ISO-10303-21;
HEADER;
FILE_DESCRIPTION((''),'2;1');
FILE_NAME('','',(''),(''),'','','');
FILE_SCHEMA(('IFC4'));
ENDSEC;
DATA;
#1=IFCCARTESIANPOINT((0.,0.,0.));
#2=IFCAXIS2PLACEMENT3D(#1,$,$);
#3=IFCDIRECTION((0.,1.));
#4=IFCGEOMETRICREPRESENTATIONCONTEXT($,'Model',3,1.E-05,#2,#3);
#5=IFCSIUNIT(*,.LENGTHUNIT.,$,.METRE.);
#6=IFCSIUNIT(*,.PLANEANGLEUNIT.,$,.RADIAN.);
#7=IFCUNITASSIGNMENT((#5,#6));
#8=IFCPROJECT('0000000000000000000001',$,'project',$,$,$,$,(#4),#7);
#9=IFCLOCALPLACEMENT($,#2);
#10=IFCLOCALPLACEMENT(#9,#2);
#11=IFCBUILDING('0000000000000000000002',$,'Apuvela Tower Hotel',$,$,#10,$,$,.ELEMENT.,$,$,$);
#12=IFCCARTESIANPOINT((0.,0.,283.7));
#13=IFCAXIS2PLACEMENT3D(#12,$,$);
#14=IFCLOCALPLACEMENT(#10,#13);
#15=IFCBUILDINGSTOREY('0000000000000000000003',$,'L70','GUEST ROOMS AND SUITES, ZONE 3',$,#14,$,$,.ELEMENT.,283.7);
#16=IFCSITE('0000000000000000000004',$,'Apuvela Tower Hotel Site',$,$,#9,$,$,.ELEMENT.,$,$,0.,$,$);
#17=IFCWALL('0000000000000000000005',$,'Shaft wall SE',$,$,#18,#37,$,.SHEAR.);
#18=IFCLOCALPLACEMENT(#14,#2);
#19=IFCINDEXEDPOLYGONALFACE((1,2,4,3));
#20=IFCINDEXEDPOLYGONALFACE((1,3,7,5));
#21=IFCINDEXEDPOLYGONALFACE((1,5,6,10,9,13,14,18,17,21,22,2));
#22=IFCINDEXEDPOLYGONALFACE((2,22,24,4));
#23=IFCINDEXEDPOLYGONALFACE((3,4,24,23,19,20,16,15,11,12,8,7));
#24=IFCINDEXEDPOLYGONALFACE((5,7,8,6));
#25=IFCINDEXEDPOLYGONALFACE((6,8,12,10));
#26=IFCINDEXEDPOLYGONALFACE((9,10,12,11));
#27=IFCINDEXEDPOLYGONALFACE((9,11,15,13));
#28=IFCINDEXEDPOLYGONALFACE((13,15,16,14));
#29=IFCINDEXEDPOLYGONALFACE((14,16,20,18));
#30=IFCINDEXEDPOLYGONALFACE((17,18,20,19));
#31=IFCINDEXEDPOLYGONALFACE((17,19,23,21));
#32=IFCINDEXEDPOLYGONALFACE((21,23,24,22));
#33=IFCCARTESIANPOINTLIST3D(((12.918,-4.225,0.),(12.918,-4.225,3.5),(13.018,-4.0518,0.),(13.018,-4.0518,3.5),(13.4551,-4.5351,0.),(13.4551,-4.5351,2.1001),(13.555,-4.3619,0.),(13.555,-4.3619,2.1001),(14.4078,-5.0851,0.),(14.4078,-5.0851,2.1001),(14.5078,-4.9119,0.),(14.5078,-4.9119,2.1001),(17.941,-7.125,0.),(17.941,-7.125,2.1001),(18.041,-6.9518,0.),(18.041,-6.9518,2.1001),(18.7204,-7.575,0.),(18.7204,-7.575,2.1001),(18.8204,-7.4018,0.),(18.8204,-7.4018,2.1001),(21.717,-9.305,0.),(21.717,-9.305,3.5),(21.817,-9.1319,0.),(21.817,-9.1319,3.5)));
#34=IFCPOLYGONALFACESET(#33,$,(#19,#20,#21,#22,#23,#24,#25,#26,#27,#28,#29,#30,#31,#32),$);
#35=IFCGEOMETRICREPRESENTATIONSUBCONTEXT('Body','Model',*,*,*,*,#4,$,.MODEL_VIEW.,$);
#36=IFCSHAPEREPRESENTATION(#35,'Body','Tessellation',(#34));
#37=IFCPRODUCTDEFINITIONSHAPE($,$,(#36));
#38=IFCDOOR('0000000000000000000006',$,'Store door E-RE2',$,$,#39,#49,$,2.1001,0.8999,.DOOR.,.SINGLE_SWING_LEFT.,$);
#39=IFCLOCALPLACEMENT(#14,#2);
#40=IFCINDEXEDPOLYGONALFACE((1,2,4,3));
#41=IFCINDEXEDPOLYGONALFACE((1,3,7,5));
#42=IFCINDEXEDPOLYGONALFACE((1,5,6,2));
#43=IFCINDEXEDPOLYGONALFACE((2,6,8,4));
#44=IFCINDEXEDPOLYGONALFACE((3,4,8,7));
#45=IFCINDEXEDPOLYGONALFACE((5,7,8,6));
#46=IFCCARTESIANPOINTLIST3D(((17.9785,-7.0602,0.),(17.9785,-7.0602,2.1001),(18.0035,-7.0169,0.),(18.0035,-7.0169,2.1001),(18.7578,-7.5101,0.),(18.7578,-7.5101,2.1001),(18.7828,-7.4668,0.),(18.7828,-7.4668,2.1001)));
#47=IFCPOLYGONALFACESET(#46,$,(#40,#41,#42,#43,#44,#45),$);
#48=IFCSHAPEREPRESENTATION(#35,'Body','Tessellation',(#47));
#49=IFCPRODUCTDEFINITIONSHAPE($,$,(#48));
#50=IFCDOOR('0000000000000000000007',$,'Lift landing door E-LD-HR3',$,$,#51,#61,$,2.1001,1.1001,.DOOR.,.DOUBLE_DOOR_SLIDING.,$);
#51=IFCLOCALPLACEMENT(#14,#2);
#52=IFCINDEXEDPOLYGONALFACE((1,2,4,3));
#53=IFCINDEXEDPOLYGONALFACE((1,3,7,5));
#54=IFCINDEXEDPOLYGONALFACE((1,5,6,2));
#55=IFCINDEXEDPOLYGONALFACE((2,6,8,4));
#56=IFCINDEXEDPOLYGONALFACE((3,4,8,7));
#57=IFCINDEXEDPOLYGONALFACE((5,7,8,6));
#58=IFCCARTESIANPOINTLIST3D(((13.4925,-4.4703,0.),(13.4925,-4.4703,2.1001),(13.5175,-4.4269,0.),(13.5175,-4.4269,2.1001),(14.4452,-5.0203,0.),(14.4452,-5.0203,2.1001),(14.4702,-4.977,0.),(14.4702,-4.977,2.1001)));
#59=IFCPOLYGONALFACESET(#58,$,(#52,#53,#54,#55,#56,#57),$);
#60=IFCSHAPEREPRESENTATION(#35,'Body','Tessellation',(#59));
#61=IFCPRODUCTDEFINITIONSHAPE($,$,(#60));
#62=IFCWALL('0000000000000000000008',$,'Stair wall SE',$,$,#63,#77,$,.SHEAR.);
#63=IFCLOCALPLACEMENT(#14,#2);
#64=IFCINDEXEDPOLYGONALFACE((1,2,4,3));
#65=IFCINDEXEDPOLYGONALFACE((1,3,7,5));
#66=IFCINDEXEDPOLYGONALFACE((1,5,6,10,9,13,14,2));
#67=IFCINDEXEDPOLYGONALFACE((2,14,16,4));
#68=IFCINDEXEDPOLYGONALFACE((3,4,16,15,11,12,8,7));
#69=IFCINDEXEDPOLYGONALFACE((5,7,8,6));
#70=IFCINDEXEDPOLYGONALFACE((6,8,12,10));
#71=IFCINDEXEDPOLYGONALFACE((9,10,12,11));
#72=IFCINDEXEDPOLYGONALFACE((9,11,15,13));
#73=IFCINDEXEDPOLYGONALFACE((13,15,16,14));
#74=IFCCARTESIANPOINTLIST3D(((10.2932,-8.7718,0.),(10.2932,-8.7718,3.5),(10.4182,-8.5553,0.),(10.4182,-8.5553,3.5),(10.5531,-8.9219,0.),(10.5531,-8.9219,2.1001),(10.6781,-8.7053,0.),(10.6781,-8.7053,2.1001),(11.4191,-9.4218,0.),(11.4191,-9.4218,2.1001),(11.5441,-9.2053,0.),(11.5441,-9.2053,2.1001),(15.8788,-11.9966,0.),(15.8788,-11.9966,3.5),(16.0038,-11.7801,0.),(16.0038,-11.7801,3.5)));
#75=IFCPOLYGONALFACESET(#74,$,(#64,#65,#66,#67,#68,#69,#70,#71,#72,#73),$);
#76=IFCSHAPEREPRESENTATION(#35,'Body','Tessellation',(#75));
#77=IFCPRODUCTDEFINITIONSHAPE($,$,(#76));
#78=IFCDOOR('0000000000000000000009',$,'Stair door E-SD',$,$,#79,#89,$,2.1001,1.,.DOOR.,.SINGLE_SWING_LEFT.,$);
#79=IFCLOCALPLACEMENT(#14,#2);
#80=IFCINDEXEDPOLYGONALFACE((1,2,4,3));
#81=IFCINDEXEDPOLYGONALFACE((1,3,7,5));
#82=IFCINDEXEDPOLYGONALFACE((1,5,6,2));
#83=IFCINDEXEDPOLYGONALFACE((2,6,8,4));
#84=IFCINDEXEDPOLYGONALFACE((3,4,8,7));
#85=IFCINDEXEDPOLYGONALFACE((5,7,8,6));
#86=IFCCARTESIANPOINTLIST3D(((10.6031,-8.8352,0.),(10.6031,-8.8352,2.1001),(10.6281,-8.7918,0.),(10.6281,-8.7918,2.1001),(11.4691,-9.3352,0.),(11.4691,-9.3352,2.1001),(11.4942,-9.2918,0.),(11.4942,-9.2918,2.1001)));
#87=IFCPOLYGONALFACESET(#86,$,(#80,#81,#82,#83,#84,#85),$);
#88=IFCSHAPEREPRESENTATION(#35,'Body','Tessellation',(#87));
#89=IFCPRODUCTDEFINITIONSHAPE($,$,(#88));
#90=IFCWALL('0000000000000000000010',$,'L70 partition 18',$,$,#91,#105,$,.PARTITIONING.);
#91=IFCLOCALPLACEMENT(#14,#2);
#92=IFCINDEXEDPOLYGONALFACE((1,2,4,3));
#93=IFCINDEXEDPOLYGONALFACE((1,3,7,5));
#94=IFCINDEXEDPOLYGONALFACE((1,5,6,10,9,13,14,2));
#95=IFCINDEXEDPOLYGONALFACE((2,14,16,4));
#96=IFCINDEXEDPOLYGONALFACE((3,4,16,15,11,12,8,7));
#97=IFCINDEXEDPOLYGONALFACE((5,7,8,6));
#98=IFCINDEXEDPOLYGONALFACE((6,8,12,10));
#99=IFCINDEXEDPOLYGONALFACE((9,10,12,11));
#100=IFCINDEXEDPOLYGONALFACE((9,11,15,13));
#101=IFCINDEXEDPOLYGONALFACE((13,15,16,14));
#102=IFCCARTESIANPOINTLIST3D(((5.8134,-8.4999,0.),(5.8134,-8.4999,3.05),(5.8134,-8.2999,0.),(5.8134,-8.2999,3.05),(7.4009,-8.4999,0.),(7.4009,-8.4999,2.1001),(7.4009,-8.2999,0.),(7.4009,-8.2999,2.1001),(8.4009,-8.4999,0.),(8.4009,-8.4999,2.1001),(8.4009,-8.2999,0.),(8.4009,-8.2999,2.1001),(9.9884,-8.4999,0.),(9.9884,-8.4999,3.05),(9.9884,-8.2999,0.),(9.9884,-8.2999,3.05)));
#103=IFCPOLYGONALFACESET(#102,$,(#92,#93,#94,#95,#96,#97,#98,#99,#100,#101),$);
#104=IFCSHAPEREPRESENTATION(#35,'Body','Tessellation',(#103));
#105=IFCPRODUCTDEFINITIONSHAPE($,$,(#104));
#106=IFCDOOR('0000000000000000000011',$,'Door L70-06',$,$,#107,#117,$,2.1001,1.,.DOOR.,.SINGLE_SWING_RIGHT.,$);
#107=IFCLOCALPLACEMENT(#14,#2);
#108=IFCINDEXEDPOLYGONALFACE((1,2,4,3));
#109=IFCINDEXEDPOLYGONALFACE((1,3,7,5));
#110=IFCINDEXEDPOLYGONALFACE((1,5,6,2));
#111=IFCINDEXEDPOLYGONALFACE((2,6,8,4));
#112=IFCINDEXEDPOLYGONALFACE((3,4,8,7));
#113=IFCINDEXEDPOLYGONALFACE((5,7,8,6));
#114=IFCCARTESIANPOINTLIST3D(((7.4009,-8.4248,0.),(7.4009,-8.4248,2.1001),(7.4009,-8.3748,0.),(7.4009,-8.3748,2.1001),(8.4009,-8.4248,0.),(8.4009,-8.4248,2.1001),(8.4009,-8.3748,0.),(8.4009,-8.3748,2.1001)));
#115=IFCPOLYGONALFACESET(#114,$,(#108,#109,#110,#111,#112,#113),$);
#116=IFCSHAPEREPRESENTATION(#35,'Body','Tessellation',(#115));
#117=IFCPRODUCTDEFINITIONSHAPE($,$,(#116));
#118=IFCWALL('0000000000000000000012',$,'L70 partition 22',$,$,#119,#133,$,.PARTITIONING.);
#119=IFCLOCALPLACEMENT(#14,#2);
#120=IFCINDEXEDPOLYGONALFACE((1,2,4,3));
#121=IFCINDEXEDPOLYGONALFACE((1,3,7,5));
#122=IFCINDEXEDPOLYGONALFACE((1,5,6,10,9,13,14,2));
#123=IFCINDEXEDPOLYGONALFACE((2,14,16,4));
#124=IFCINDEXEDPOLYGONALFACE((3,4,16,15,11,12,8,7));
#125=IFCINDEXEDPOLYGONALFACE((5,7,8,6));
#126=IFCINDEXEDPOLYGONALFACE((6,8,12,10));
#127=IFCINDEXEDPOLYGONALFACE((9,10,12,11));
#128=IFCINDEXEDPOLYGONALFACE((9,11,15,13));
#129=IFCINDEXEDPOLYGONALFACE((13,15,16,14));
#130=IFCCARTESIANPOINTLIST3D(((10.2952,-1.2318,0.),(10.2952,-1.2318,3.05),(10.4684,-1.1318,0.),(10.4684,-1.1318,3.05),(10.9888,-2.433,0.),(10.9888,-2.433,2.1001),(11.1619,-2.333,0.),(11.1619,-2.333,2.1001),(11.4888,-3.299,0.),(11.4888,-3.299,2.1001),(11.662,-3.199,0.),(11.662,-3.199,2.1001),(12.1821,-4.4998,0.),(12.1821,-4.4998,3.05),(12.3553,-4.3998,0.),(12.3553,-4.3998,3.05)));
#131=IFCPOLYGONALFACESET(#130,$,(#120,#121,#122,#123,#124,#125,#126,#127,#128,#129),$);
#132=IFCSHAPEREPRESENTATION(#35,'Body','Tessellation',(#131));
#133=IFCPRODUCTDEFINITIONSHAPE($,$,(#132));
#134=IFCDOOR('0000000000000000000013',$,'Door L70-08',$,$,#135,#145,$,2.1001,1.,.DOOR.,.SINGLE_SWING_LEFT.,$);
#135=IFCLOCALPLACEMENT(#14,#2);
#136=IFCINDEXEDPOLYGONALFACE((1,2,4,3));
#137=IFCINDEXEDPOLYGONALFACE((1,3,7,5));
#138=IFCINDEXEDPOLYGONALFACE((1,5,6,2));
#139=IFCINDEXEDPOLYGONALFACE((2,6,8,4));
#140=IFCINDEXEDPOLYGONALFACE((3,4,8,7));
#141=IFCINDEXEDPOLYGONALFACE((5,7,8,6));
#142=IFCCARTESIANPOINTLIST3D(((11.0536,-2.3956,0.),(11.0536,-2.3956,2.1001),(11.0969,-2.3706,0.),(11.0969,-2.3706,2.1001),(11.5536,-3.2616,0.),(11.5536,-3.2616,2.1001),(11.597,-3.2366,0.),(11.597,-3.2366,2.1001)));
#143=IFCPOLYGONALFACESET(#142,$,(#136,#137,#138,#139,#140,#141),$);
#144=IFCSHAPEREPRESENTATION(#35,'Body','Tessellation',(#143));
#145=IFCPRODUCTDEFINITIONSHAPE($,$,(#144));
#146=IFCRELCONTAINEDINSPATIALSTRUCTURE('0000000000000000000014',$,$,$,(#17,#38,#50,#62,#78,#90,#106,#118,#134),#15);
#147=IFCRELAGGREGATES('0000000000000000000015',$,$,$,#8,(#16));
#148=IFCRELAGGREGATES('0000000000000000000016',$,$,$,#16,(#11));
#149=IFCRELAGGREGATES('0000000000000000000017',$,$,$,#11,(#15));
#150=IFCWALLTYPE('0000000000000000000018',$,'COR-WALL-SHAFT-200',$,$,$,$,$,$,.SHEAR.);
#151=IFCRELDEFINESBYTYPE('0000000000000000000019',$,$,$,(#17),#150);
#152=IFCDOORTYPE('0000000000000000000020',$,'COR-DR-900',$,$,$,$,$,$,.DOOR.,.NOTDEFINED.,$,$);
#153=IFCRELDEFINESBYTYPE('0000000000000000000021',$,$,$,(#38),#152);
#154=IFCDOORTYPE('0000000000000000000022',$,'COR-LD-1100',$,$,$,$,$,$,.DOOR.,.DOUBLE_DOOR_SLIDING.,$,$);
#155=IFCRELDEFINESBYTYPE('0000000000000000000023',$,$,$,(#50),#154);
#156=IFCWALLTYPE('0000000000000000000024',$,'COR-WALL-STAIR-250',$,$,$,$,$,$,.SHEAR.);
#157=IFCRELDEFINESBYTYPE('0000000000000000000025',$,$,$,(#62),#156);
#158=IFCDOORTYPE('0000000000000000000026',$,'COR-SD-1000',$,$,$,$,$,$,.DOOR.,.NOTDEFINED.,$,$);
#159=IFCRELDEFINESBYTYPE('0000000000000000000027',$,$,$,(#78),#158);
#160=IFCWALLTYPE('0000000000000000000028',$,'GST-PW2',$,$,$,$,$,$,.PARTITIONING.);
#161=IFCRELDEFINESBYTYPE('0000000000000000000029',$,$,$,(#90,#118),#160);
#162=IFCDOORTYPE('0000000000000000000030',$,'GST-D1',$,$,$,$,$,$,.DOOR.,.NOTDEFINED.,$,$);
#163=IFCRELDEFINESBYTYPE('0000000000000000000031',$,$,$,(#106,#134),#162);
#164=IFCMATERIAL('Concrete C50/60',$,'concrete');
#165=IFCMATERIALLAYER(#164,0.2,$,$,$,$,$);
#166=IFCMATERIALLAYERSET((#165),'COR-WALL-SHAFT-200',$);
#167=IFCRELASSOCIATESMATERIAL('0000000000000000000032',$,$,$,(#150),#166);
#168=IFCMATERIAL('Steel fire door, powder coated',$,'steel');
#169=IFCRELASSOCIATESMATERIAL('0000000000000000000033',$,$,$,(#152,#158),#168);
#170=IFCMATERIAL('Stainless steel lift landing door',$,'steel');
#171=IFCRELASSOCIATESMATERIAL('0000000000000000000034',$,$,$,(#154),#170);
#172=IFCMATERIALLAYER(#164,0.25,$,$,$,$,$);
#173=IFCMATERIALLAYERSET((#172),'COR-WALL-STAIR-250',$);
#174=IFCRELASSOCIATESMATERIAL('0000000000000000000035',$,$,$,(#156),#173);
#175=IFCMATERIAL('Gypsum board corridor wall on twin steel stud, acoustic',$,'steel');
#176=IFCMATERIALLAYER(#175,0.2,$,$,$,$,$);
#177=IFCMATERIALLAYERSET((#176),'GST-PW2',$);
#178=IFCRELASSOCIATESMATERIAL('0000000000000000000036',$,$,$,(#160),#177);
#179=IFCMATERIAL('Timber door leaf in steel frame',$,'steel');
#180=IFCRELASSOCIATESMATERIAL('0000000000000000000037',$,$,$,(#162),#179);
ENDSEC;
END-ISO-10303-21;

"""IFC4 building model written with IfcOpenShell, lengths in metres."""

from ifc_helpers import new_model, si_unit, direction, frame, frame_2d, origin, place, context, subcontext, project, spatial, rectangle, extrude, material, layer, layer_set, type_object, element, fill, save


model = new_model("IFC4")

# Units and contexts
model_context = context("Model", 3, precision=1e-05, world=origin(), true_north=direction((0.0, 1.0)))
body_context = subcontext(model_context, "Body", "Model", "MODEL_VIEW")
ifc_project = project(units=[si_unit("LENGTHUNIT", "METRE"), si_unit("PLANEANGLEUNIT", "RADIAN")], contexts=[model_context])

# Site, building, storey
site_placement = place(None, origin())
site = spatial("IfcSite", under=ifc_project, at=site_placement, Name="Apuvela Tower Hotel Site", CompositionType="ELEMENT", RefElevation=0.0)
building_placement = place(site_placement, origin())
building = spatial("IfcBuilding", under=site, at=building_placement, Name="Apuvela Tower Hotel", CompositionType="ELEMENT")
storey_placement = place(building_placement, frame((0.0, 0.0, 283.7)))
storey = spatial("IfcBuildingStorey", under=building, at=storey_placement, Name="L70", Description="GUEST ROOMS AND SUITES, ZONE 3", CompositionType="ELEMENT", Elevation=283.7)

# Shared definitions
ifc_material_1 = material(Name="Concrete C50/60", Category="concrete")
ifc_material_2 = material(Name="Steel fire door, powder coated", Category="steel")

# Shared definitions
ifc_layer_1 = layer(ifc_material_1, 0.2)
ifc_layer_set_1 = layer_set([ifc_layer_1], Name="COR-WALL-SHAFT-200")
wall_type_1 = type_object("IfcWallType", Name="COR-WALL-SHAFT-200", PredefinedType="SHEAR", material=ifc_layer_set_1)
ifc_material_3 = material(Name="Stainless steel lift landing door", Category="steel")

# Wall, openings, doors
wall_1_placement = place(storey_placement, frame((12.968, -4.1384, 0.0), z_axis=(0.0, 0.0, 1.0), x_axis=(0.866028, -0.499995, 0.0)))
wall_1 = element("IfcWall", 1, at=wall_1_placement, inside=storey, type_object=wall_type_1, Name="Shaft wall SE", PredefinedType="SHEAR", context=body_context, shape_type="SweptSolid", body=[
    extrude(rectangle(XDim=10.1602, YDim=0.2, at=frame_2d((5.0801, 0.0))), origin(), (0.0, 0.0, 1.0), 3.5),
])
opening_1_placement = place(wall_1_placement, frame((0.6201, 0.0, 0.0)))
opening_1 = element("IfcOpeningElement", 2, at=opening_1_placement, cuts=wall_1, PredefinedType="OPENING", context=body_context, shape_type="SweptSolid", body=[
    extrude(rectangle(XDim=1.1001, YDim=2.1001, at=frame_2d((0.55, 1.05))), frame((0.0, 0.1099, 0.0), z_axis=(0.0, -1.0, 0.0), x_axis=(1.0, 0.0, 0.0)), (0.0, 0.0, 1.0), 0.22),
])
opening_2_placement = place(wall_1_placement, frame((5.8, 0.0, 0.0)))
opening_2 = element("IfcOpeningElement", 3, at=opening_2_placement, cuts=wall_1, PredefinedType="OPENING", context=body_context, shape_type="SweptSolid", body=[
    extrude(rectangle(XDim=0.8999, YDim=2.1001, at=frame_2d((0.45, 1.05))), frame((0.0, 0.1099, 0.0), z_axis=(0.0, -1.0, 0.0), x_axis=(1.0, 0.0, 0.0)), (0.0, 0.0, 1.0), 0.22),
])
door_type_1 = type_object("IfcDoorType", Name="COR-DR-900", OperationType="NOTDEFINED", PredefinedType="DOOR", material=ifc_material_2)
door_1_placement = place(opening_2_placement, origin())
door_1 = element("IfcDoor", 4, at=door_1_placement, inside=storey, type_object=door_type_1, Name="Store door E-RE2", OperationType="SINGLE_SWING_LEFT", OverallHeight=2.1001, OverallWidth=0.8999, PredefinedType="DOOR", context=body_context, shape_type="SweptSolid", body=[
    extrude(rectangle(XDim=0.8999, YDim=2.1001, at=frame_2d((0.45, 1.05))), frame((0.0, 0.0249, 0.0), z_axis=(0.0, -1.0, 0.0), x_axis=(1.0, 0.0, 0.0)), (0.0, 0.0, 1.0), 0.05),
])
fill(opening_2, door_1)
door_type_2 = type_object("IfcDoorType", Name="COR-LD-1100", OperationType="DOUBLE_DOOR_SLIDING", PredefinedType="DOOR", material=ifc_material_3)
door_2_placement = place(opening_1_placement, origin())
door_2 = element("IfcDoor", 5, at=door_2_placement, inside=storey, type_object=door_type_2, Name="Lift landing door E-LD-HR3", OperationType="DOUBLE_DOOR_SLIDING", OverallHeight=2.1001, OverallWidth=1.1001, PredefinedType="DOOR", context=body_context, shape_type="SweptSolid", body=[
    extrude(rectangle(XDim=1.1001, YDim=2.1001, at=frame_2d((0.55, 1.05))), frame((0.0, 0.0249, 0.0), z_axis=(0.0, -1.0, 0.0), x_axis=(1.0, 0.0, 0.0)), (0.0, 0.0, 1.0), 0.05),
])
fill(opening_1, door_2)

# Walls, openings, doors
ifc_layer_2 = layer(ifc_material_1, 0.25)
ifc_layer_set_2 = layer_set([ifc_layer_2], Name="COR-WALL-STAIR-250")
wall_type_2 = type_object("IfcWallType", Name="COR-WALL-STAIR-250", PredefinedType="SHEAR", material=ifc_layer_set_2)
wall_2_placement = place(storey_placement, frame((10.3557, -8.6636, 0.0), z_axis=(0.0, 0.0, 1.0), x_axis=(0.866029, -0.499994, 0.0)))
wall_2 = element("IfcWall", 6, at=wall_2_placement, inside=storey, type_object=wall_type_2, Name="Stair wall SE", PredefinedType="SHEAR", context=body_context, shape_type="SweptSolid", body=[
    extrude(rectangle(XDim=6.4497, YDim=0.25, at=frame_2d((3.2249, 0.0))), origin(), (0.0, 0.0, 1.0), 3.5),
])
opening_3_placement = place(wall_2_placement, frame((0.3, 0.0, 0.0)))
opening_3 = element("IfcOpeningElement", 7, at=opening_3_placement, cuts=wall_2, PredefinedType="OPENING", context=body_context, shape_type="SweptSolid", body=[
    extrude(rectangle(XDim=1.0, YDim=2.1001, at=frame_2d((0.5, 1.05))), frame((0.0, 0.135, 0.0), z_axis=(0.0, -1.0, 0.0), x_axis=(1.0, 0.0, 0.0)), (0.0, 0.0, 1.0), 0.27),
])
door_type_3 = type_object("IfcDoorType", Name="COR-SD-1000", OperationType="NOTDEFINED", PredefinedType="DOOR", material=ifc_material_2)
door_3_placement = place(opening_3_placement, frame((1.0, 0.0, 0.0), z_axis=(0.0, 0.0, 1.0), x_axis=(-1.0, 0.0, 0.0)))
door_3 = element("IfcDoor", 8, at=door_3_placement, inside=storey, type_object=door_type_3, Name="Stair door E-SD", OperationType="SINGLE_SWING_LEFT", OverallHeight=2.1001, OverallWidth=1.0, PredefinedType="DOOR", context=body_context, shape_type="SweptSolid", body=[
    extrude(rectangle(XDim=1.0, YDim=2.1001, at=frame_2d((0.5, 1.05))), frame((0.0, 0.0249, 0.0), z_axis=(0.0, -1.0, 0.0), x_axis=(1.0, 0.0, 0.0)), (0.0, 0.0, 1.0), 0.05),
])
fill(opening_3, door_3)
ifc_material_4 = material(Name="Gypsum board corridor wall on twin steel stud, acoustic", Category="steel")
ifc_layer_3 = layer(ifc_material_4, 0.2)
ifc_layer_set_3 = layer_set([ifc_layer_3], Name="GST-PW2")
wall_type_3 = type_object("IfcWallType", Name="GST-PW2", PredefinedType="PARTITIONING", material=ifc_layer_set_3)
wall_3_placement = place(storey_placement, frame((9.9883, -8.3999, 0.0), z_axis=(0.0, 0.0, 1.0), x_axis=(-1.0, 0.0, 0.0)))
wall_3 = element("IfcWall", 9, at=wall_3_placement, inside=storey, type_object=wall_type_3, Name="L70 partition 18", PredefinedType="PARTITIONING", context=body_context, shape_type="SweptSolid", body=[
    extrude(rectangle(XDim=4.175, YDim=0.2, at=frame_2d((2.0874, 0.0))), origin(), (0.0, 0.0, 1.0), 3.05),
])
opening_4_placement = place(wall_3_placement, frame((1.5874, 0.0, 0.0)))
opening_4 = element("IfcOpeningElement", 10, at=opening_4_placement, cuts=wall_3, PredefinedType="OPENING", context=body_context, shape_type="SweptSolid", body=[
    extrude(rectangle(XDim=1.0, YDim=2.1001, at=frame_2d((0.5, 1.05))), frame((0.0, 0.1099, 0.0), z_axis=(0.0, -1.0, 0.0), x_axis=(1.0, 0.0, 0.0)), (0.0, 0.0, 1.0), 0.22),
])
ifc_material_5 = material(Name="Timber door leaf in steel frame", Category="steel")
door_type_4 = type_object("IfcDoorType", Name="GST-D1", OperationType="NOTDEFINED", PredefinedType="DOOR", material=ifc_material_5)
door_4_placement = place(opening_4_placement, origin())
door_4 = element("IfcDoor", 11, at=door_4_placement, inside=storey, type_object=door_type_4, Name="Door L70-06", OperationType="SINGLE_SWING_RIGHT", OverallHeight=2.1001, OverallWidth=1.0, PredefinedType="DOOR", context=body_context, shape_type="SweptSolid", body=[
    extrude(rectangle(XDim=1.0, YDim=2.1001, at=frame_2d((0.5, 1.05))), frame((0.0, 0.0249, 0.0), z_axis=(0.0, -1.0, 0.0), x_axis=(1.0, 0.0, 0.0)), (0.0, 0.0, 1.0), 0.05),
])
fill(opening_4, door_4)
wall_4_placement = place(storey_placement, frame((10.3818, -1.1819, 0.0), z_axis=(0.0, 0.0, 1.0), x_axis=(0.500029, -0.866009, 0.0)))
wall_4 = element("IfcWall", 12, at=wall_4_placement, inside=storey, type_object=wall_type_3, Name="L70 partition 22", PredefinedType="PARTITIONING", context=body_context, shape_type="SweptSolid", body=[
    extrude(rectangle(XDim=3.7737, YDim=0.2, at=frame_2d((1.8867, 0.0))), origin(), (0.0, 0.0, 1.0), 3.05),
])
opening_5_placement = place(wall_4_placement, frame((1.387, 0.0, 0.0)))
opening_5 = element("IfcOpeningElement", 13, at=opening_5_placement, cuts=wall_4, PredefinedType="OPENING", context=body_context, shape_type="SweptSolid", body=[
    extrude(rectangle(XDim=1.0, YDim=2.1001, at=frame_2d((0.5, 1.05))), frame((0.0, 0.1099, 0.0), z_axis=(0.0, -1.0, 0.0), x_axis=(1.0, 0.0, 0.0)), (0.0, 0.0, 1.0), 0.22),
])
door_5_placement = place(opening_5_placement, origin())
door_5 = element("IfcDoor", 14, at=door_5_placement, inside=storey, type_object=door_type_4, Name="Door L70-08", OperationType="SINGLE_SWING_LEFT", OverallHeight=2.1001, OverallWidth=1.0, PredefinedType="DOOR", context=body_context, shape_type="SweptSolid", body=[
    extrude(rectangle(XDim=1.0, YDim=2.1001, at=frame_2d((0.5, 1.05))), frame((0.0, 0.0249, 0.0), z_axis=(0.0, -1.0, 0.0), x_axis=(1.0, 0.0, 0.0)), (0.0, 0.0, 1.0), 0.05),
])
fill(opening_5, door_5)

save(model, "model.ifc")
